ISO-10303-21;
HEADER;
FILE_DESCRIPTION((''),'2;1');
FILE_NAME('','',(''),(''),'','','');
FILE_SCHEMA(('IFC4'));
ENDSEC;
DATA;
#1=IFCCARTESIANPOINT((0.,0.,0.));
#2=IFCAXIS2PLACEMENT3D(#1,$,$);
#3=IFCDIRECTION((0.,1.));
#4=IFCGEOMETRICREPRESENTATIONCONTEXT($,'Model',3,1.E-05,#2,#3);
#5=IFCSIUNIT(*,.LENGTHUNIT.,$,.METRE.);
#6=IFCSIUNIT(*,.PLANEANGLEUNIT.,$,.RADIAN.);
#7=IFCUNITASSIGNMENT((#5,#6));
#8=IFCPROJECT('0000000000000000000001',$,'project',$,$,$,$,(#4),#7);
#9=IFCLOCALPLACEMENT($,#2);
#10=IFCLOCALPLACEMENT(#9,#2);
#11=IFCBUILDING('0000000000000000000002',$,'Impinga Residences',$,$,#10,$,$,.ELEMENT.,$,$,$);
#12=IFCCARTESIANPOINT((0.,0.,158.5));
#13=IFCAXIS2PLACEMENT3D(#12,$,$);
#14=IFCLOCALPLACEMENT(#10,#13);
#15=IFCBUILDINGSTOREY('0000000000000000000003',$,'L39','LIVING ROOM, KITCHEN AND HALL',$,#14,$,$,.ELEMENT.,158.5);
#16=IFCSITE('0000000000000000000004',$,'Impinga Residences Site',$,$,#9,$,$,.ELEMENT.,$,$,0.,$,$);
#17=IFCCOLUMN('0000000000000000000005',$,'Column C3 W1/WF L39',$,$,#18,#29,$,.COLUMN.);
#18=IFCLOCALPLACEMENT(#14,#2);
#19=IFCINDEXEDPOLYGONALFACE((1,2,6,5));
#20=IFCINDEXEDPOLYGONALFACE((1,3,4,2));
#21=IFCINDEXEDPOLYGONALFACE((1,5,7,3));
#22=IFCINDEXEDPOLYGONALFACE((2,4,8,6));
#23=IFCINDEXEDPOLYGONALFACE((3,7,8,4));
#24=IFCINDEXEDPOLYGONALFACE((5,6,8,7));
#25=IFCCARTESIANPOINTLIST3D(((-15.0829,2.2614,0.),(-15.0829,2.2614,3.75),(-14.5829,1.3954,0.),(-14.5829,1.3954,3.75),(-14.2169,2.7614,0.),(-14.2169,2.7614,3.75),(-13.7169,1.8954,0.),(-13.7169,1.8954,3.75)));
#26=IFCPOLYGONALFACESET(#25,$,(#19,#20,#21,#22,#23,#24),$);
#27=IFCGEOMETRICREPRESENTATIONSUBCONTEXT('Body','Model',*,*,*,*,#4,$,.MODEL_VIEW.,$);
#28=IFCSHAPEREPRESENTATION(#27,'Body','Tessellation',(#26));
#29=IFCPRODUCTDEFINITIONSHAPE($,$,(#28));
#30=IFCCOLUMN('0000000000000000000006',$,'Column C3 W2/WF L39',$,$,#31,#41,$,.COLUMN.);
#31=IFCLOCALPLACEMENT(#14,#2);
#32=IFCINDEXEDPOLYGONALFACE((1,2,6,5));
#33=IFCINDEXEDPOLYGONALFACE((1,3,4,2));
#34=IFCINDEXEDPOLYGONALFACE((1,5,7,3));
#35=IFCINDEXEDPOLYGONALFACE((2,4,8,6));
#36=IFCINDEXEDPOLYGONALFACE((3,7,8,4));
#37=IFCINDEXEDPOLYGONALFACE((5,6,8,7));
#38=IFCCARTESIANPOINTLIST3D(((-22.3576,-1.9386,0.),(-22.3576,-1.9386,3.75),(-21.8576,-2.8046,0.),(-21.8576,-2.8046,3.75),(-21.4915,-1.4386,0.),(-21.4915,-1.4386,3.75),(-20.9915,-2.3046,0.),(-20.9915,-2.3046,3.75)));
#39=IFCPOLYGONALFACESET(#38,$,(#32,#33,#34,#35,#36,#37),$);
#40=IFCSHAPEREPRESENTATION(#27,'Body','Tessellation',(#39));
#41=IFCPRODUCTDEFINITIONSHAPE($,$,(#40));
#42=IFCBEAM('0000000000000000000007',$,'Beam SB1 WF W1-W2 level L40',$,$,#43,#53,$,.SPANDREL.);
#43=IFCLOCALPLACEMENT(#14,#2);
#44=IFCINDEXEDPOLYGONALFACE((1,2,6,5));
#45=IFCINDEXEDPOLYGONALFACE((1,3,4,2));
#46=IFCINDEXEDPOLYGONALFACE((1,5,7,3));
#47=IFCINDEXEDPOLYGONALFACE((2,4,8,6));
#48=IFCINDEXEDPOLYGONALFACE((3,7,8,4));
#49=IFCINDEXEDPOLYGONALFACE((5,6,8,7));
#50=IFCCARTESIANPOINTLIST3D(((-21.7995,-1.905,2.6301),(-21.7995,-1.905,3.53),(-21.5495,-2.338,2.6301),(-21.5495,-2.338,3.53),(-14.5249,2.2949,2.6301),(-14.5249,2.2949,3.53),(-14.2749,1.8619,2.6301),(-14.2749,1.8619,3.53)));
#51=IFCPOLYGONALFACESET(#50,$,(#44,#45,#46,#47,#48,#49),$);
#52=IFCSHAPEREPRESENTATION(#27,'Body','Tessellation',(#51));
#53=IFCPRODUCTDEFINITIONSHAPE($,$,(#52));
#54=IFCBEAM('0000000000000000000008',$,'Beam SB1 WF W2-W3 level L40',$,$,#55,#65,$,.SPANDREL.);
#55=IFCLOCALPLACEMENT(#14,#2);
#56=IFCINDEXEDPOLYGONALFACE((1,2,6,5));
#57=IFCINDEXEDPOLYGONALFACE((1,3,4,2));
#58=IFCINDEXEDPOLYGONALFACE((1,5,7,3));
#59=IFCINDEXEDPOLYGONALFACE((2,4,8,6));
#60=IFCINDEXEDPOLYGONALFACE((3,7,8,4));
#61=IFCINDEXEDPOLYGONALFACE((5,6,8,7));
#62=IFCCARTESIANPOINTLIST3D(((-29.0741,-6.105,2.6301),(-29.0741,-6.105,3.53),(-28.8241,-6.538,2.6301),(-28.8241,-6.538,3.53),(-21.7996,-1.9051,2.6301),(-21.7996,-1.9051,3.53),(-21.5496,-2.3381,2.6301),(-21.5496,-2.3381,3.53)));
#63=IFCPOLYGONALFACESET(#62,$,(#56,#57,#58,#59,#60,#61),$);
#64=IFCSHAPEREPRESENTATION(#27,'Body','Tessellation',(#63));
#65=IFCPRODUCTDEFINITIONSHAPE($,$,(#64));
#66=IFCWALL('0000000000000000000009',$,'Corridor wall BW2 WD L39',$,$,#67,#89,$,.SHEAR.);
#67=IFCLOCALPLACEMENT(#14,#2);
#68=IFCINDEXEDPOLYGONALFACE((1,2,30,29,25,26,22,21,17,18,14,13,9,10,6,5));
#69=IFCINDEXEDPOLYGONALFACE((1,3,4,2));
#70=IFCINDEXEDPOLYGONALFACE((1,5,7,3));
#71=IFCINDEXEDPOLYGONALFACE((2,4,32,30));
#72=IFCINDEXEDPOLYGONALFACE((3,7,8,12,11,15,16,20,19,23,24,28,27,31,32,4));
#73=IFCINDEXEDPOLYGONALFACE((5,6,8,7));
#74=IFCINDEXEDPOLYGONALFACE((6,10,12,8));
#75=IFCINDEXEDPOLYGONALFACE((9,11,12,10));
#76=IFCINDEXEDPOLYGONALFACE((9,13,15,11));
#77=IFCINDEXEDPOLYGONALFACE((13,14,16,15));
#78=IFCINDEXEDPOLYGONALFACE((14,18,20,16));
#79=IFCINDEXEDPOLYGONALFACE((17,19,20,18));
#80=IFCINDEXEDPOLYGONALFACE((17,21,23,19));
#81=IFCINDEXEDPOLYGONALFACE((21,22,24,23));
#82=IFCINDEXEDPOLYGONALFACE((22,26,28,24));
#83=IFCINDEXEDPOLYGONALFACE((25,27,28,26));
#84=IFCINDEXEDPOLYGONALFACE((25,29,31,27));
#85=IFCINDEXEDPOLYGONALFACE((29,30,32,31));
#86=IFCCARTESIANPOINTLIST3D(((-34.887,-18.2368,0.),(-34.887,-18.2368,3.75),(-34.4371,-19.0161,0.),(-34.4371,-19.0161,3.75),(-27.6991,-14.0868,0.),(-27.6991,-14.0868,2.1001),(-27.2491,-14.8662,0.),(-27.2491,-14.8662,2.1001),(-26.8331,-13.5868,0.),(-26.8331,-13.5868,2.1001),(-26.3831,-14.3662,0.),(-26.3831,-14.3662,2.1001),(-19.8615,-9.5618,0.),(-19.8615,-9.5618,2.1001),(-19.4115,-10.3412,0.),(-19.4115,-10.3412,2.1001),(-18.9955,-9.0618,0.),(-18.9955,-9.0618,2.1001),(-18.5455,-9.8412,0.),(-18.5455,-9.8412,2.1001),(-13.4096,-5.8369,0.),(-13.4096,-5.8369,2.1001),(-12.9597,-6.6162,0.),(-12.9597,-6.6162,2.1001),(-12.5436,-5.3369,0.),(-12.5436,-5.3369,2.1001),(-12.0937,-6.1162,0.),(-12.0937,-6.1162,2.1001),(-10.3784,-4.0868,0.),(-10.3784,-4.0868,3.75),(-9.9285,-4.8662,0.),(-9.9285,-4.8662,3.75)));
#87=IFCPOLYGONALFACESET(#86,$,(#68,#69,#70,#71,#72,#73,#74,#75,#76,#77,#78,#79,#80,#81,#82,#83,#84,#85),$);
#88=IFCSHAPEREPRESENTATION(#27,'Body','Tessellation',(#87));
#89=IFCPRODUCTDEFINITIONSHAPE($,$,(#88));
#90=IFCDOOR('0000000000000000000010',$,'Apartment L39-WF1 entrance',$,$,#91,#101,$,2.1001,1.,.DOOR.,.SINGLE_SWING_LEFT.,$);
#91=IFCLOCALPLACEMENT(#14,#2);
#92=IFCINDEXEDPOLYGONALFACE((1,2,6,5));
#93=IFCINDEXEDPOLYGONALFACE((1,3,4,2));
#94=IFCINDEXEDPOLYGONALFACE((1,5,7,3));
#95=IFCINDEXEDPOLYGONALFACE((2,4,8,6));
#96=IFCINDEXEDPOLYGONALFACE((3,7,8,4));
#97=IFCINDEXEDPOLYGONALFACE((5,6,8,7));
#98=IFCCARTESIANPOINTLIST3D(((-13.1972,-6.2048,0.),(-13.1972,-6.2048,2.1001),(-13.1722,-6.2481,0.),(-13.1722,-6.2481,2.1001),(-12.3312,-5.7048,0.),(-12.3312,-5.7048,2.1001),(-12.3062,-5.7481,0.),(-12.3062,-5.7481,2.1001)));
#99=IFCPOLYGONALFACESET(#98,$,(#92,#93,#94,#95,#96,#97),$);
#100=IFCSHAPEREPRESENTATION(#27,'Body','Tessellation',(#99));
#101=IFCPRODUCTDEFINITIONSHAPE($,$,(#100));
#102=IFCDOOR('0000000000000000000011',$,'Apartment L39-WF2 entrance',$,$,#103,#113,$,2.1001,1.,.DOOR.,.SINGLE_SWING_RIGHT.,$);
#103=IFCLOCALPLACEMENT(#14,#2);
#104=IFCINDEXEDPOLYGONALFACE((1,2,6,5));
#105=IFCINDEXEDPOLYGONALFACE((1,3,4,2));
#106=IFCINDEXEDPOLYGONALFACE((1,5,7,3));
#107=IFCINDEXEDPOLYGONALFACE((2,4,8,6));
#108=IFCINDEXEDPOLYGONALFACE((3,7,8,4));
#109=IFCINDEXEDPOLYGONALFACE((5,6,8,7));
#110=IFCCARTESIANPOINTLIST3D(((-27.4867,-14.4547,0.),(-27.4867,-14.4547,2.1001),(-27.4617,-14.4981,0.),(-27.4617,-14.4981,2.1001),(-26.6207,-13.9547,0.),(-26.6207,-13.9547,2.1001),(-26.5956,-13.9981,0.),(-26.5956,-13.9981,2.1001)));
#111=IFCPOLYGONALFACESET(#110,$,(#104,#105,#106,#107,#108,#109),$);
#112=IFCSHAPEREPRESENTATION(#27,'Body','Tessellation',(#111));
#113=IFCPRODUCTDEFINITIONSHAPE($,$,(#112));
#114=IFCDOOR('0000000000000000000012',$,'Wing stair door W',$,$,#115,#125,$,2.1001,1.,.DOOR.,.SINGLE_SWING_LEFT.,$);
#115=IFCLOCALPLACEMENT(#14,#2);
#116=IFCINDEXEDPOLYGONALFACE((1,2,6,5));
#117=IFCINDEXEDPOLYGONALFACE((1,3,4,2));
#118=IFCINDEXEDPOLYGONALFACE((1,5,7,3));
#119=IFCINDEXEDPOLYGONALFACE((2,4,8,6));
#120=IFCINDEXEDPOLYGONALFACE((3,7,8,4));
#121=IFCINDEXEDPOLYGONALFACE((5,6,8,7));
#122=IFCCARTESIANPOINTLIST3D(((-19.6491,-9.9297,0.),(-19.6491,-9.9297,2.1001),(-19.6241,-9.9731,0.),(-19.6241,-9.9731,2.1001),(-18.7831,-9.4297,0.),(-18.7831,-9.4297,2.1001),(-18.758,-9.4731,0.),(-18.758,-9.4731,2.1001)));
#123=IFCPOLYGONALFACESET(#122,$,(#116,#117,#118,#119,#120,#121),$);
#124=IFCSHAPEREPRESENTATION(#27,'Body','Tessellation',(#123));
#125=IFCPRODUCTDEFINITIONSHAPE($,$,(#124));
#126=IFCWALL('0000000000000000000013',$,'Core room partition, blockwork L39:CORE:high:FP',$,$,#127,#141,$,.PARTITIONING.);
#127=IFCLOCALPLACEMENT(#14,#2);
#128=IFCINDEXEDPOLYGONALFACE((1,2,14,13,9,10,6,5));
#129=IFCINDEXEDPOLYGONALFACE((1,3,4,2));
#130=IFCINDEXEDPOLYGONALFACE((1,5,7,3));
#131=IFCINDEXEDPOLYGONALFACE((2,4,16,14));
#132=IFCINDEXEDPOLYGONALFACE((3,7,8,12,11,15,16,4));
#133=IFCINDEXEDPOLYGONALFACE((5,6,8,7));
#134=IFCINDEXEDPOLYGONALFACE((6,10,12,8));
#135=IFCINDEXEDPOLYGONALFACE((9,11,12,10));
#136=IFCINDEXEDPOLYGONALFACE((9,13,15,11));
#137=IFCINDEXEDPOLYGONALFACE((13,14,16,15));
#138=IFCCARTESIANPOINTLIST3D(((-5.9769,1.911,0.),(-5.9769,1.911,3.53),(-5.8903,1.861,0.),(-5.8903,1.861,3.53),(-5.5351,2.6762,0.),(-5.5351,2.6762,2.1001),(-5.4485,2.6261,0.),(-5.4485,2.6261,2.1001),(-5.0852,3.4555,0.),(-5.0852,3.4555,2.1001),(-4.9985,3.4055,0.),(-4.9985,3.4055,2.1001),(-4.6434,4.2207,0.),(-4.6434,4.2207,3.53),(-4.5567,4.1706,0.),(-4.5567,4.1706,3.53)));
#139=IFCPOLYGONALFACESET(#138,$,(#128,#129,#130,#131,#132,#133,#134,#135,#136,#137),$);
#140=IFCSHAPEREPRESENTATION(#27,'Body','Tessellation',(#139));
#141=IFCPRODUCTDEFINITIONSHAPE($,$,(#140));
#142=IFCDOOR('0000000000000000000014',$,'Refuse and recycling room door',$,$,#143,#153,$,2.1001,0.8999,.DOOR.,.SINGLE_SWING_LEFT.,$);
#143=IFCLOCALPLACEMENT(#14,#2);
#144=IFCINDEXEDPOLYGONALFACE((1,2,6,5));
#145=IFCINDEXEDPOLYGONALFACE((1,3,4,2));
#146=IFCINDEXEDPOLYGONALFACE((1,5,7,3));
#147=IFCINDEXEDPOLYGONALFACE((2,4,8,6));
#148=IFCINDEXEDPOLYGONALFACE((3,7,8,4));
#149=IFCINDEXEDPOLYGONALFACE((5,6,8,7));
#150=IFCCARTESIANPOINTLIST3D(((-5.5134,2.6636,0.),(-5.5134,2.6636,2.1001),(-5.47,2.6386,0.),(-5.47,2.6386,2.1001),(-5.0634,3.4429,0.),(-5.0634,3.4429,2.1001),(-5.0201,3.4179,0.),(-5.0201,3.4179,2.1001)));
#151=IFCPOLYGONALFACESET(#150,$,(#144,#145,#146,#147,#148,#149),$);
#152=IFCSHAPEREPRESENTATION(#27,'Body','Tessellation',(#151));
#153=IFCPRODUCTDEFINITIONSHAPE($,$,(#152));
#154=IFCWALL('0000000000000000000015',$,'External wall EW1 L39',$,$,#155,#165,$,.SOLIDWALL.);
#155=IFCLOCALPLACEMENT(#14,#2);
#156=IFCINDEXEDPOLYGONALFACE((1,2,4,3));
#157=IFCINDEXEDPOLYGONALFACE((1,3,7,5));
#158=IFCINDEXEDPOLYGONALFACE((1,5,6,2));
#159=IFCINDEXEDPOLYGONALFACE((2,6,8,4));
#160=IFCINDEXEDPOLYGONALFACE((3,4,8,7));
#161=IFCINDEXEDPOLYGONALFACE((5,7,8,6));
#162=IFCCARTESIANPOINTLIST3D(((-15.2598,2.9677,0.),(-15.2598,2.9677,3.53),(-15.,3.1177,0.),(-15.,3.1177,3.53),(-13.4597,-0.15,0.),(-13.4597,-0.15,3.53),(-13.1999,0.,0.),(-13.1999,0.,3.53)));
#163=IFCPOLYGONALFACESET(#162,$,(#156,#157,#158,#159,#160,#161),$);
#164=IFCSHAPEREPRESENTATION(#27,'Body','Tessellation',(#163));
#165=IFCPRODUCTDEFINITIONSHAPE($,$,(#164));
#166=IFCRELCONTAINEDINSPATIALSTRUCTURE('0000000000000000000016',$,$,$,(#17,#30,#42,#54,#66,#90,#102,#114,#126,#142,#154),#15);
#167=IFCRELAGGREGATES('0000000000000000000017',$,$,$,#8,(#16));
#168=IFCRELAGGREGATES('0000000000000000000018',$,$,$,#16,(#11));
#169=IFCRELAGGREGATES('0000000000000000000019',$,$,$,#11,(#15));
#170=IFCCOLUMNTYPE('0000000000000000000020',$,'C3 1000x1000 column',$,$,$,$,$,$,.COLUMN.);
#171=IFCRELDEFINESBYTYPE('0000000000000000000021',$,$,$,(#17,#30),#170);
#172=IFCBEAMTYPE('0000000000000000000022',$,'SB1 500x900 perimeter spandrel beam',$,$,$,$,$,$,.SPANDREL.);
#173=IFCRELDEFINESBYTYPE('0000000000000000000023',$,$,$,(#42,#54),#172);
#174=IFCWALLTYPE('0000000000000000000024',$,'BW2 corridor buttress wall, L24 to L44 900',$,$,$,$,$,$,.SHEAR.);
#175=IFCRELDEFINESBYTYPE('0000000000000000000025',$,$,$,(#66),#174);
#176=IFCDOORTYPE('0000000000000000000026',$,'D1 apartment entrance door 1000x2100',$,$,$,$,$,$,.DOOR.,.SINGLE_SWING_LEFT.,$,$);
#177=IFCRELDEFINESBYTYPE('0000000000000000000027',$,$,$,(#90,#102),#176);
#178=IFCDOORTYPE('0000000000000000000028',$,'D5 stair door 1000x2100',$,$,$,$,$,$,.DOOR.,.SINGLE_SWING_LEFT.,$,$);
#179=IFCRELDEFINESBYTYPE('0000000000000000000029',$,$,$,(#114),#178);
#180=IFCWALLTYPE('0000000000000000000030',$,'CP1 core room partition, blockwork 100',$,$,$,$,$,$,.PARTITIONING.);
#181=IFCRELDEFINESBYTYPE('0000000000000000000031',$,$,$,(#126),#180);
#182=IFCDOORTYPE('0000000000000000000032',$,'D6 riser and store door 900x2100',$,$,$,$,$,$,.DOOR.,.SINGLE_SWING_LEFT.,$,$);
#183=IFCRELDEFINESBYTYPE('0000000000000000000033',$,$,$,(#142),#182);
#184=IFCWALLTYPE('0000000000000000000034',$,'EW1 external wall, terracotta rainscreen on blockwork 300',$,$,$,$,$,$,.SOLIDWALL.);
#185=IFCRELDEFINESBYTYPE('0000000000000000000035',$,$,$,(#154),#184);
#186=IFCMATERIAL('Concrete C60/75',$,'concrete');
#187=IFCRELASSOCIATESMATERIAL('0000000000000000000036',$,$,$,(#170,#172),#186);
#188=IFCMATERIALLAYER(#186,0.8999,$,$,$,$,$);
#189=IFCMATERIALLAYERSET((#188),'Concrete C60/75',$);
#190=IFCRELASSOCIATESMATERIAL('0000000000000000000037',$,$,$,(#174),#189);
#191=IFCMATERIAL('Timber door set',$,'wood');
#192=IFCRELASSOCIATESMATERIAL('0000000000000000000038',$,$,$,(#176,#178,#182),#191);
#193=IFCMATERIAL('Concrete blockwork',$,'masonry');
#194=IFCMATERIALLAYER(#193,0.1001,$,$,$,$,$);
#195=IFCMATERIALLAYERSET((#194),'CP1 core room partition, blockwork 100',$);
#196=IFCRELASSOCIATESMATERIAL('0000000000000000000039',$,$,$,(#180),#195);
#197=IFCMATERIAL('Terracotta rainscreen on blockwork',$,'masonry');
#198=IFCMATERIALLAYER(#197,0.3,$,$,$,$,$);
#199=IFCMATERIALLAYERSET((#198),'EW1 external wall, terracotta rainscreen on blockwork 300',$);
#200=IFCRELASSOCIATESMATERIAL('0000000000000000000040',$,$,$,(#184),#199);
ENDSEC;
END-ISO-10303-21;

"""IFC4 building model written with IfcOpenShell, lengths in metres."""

from ifc_helpers import new_model, si_unit, direction, frame, frame_2d, origin, origin_2d, place, context, subcontext, project, spatial, rectangle, extrude, material, layer, layer_set, material_profile, profile_set, type_object, element, fill, save


model = new_model("IFC4")

# Units and contexts
model_context = context("Model", 3, precision=1e-05, world=origin(), true_north=direction((0.0, 1.0)))
body_context = subcontext(model_context, "Body", "Model", "MODEL_VIEW")
ifc_project = project(units=[si_unit("LENGTHUNIT", "METRE"), si_unit("PLANEANGLEUNIT", "RADIAN")], contexts=[model_context])

# Site, building, storey
site_placement = place(None, origin())
site = spatial("IfcSite", under=ifc_project, at=site_placement, Name="Impinga Residences Site", CompositionType="ELEMENT", RefElevation=0.0)
building_placement = place(site_placement, origin())
building = spatial("IfcBuilding", under=site, at=building_placement, Name="Impinga Residences", CompositionType="ELEMENT")
storey_placement = place(building_placement, frame((0.0, 0.0, 158.5)))
storey = spatial("IfcBuildingStorey", under=building, at=storey_placement, Name="L39", Description="LIVING ROOM, KITCHEN AND HALL", CompositionType="ELEMENT", Elevation=158.5)

# Columns
ifc_material_1 = material(Name="Concrete C60/75", Category="concrete")
ifc_material_profile_1 = material_profile(ifc_material_1, rectangle(XDim=1.0, YDim=1.0, at=origin_2d()), Name="RC 1000x1000")
ifc_profile_set_1 = profile_set([ifc_material_profile_1], Name="Concrete C60/75")
column_type = type_object("IfcColumnType", Name="C3 1000x1000 column", PredefinedType="COLUMN", material=ifc_profile_set_1)
for number, where, z_axis, x_axis, name in (
    (1, (-14.3999, 2.0784, 0.0), (0.0, 0.0, 1.0), (-0.5, 0.866025, 0.0), "Column C3 W1/WF L39"),
    (2, (-21.6746, -2.1216, 0.0), (0.0, 0.0, 1.0), (-0.5, 0.866025, 0.0), "Column C3 W2/WF L39"),
):
    element("IfcColumn", number, at=place(storey_placement, frame(where, z_axis=z_axis, x_axis=x_axis)), inside=storey, type_object=column_type, Name=name, PredefinedType="COLUMN", context=body_context, shape_type="SweptSolid", body=[
        extrude(rectangle(XDim=1.0, YDim=1.0, at=origin_2d()), origin(), (0.0, 0.0, 1.0), 3.75),
    ])

# Beams
ifc_material_profile_2 = material_profile(ifc_material_1, rectangle(XDim=0.5, YDim=0.8999, at=origin_2d()), Name="RC 500x900")
ifc_profile_set_2 = profile_set([ifc_material_profile_2], Name="Concrete C60/75")
beam_type = type_object("IfcBeamType", Name="SB1 500x900 perimeter spandrel beam", PredefinedType="SPANDREL", material=ifc_profile_set_2)
for number, where, z_axis, x_axis, name in (
    (3, (-14.3999, 2.0784, 3.0801), (-0.866029, -0.499993, 0.0), (0.499993, -0.866029, 0.0), "Beam SB1 WF W1-W2 level L40"),
    (4, (-21.6746, -2.1216, 3.0801), (-0.866029, -0.499993, 0.0), (0.499993, -0.866029, 0.0), "Beam SB1 WF W2-W3 level L40"),
):
    element("IfcBeam", number, at=place(storey_placement, frame(where, z_axis=z_axis, x_axis=x_axis)), inside=storey, type_object=beam_type, Name=name, PredefinedType="SPANDREL", context=body_context, shape_type="SweptSolid", body=[
        extrude(rectangle(XDim=0.5, YDim=0.8999, at=origin_2d()), origin(), (0.0, 0.0, 1.0), 8.3999),
    ])

# Wall, openings, doors
ifc_layer_1 = layer(ifc_material_1, 0.8999)
ifc_layer_set_1 = layer_set([ifc_layer_1], Name="Concrete C60/75")
wall_type_1 = type_object("IfcWallType", Name="BW2 corridor buttress wall, L24 to L44 900", PredefinedType="SHEAR", material=ifc_layer_set_1)
wall_1_placement = place(storey_placement, frame((-10.1536, -4.4766, 0.0), z_axis=(0.0, 0.0, 1.0), x_axis=(-0.866027, -0.499997, 0.0)))
wall_1 = element("IfcWall", 5, at=wall_1_placement, inside=storey, type_object=wall_type_1, Name="Corridor wall BW2 WD L39", PredefinedType="SHEAR", context=body_context, shape_type="SweptSolid", body=[
    extrude(rectangle(XDim=28.3, YDim=0.8999, at=frame_2d((14.1499, 0.0))), origin(), (0.0, 0.0, 1.0), 3.75),
])
opening_1_placement = place(wall_1_placement, frame((9.95, 0.0, 0.0)))
opening_1 = element("IfcOpeningElement", 6, at=opening_1_placement, cuts=wall_1, PredefinedType="OPENING", context=body_context, shape_type="SweptSolid", body=[
    extrude(rectangle(XDim=1.0, YDim=2.1001, at=frame_2d((0.5, 1.05))), frame((0.0, 0.46, 0.0), z_axis=(0.0, -1.0, 0.0), x_axis=(1.0, 0.0, 0.0)), (0.0, 0.0, 1.0), 0.9199),
])
opening_2_placement = place(wall_1_placement, frame((2.5, 0.0, 0.0)))
opening_2 = element("IfcOpeningElement", 7, at=opening_2_placement, cuts=wall_1, PredefinedType="OPENING", context=body_context, shape_type="SweptSolid", body=[
    extrude(rectangle(XDim=1.0, YDim=2.1001, at=frame_2d((0.5, 1.05))), frame((0.0, 0.46, 0.0), z_axis=(0.0, -1.0, 0.0), x_axis=(1.0, 0.0, 0.0)), (0.0, 0.0, 1.0), 0.9199),
])
opening_3_placement = place(wall_1_placement, frame((19.0, 0.0, 0.0)))
opening_3 = element("IfcOpeningElement", 8, at=opening_3_placement, cuts=wall_1, PredefinedType="OPENING", context=body_context, shape_type="SweptSolid", body=[
    extrude(rectangle(XDim=1.0, YDim=2.1001, at=frame_2d((0.5, 1.05))), frame((0.0, 0.46, 0.0), z_axis=(0.0, -1.0, 0.0), x_axis=(1.0, 0.0, 0.0)), (0.0, 0.0, 1.0), 0.9199),
])
ifc_material_2 = material(Name="Timber door set", Category="wood")
door_type_1 = type_object("IfcDoorType", Name="D1 apartment entrance door 1000x2100", OperationType="SINGLE_SWING_LEFT", PredefinedType="DOOR", material=ifc_material_2)
door_1_placement = place(opening_2_placement, origin())
door_1 = element("IfcDoor", 9, at=door_1_placement, inside=storey, type_object=door_type_1, Name="Apartment L39-WF1 entrance", OperationType="SINGLE_SWING_LEFT", OverallHeight=2.1001, OverallWidth=1.0, PredefinedType="DOOR", context=body_context, shape_type="SweptSolid", body=[
    extrude(rectangle(XDim=1.0, YDim=2.1001, at=frame_2d((0.5, 1.05))), frame((0.0, 0.0249, 0.0), z_axis=(0.0, -1.0, 0.0), x_axis=(1.0, 0.0, 0.0)), (0.0, 0.0, 1.0), 0.05),
])
fill(opening_2, door_1)
door_2_placement = place(opening_3_placement, origin())
door_2 = element("IfcDoor", 10, at=door_2_placement, inside=storey, type_object=door_type_1, Name="Apartment L39-WF2 entrance", OperationType="SINGLE_SWING_RIGHT", OverallHeight=2.1001, OverallWidth=1.0, PredefinedType="DOOR", context=body_context, shape_type="SweptSolid", body=[
    extrude(rectangle(XDim=1.0, YDim=2.1001, at=frame_2d((0.5, 1.05))), frame((0.0, 0.0249, 0.0), z_axis=(0.0, -1.0, 0.0), x_axis=(1.0, 0.0, 0.0)), (0.0, 0.0, 1.0), 0.05),
])
fill(opening_3, door_2)
door_type_2 = type_object("IfcDoorType", Name="D5 stair door 1000x2100", OperationType="SINGLE_SWING_LEFT", PredefinedType="DOOR", material=ifc_material_2)
door_3_placement = place(opening_1_placement, origin())
door_3 = element("IfcDoor", 11, at=door_3_placement, inside=storey, type_object=door_type_2, Name="Wing stair door W", OperationType="SINGLE_SWING_LEFT", OverallHeight=2.1001, OverallWidth=1.0, PredefinedType="DOOR", context=body_context, shape_type="SweptSolid", body=[
    extrude(rectangle(XDim=1.0, YDim=2.1001, at=frame_2d((0.5, 1.05))), frame((0.0, 0.0249, 0.0), z_axis=(0.0, -1.0, 0.0), x_axis=(1.0, 0.0, 0.0)), (0.0, 0.0, 1.0), 0.05),
])
fill(opening_1, door_3)

# Wall, opening, door
ifc_material_3 = material(Name="Concrete blockwork", Category="masonry")
ifc_layer_2 = layer(ifc_material_3, 0.1001)
ifc_layer_set_2 = layer_set([ifc_layer_2], Name="CP1 core room partition, blockwork 100")
wall_type_2 = type_object("IfcWallType", Name="CP1 core room partition, blockwork 100", PredefinedType="PARTITIONING", material=ifc_layer_set_2)
wall_2_placement = place(storey_placement, frame((-5.9336, 1.886, 0.0), z_axis=(0.0, 0.0, 1.0), x_axis=(0.500018, 0.866015, 0.0)))
wall_2 = element("IfcWall", 12, at=wall_2_placement, inside=storey, type_object=wall_type_2, Name="Core room partition, blockwork L39:CORE:high:FP", PredefinedType="PARTITIONING", context=body_context, shape_type="SweptSolid", body=[
    extrude(rectangle(XDim=2.667, YDim=0.1001, at=frame_2d((1.3335, 0.0))), origin(), (0.0, 0.0, 1.0), 3.53),
])
opening_4_placement = place(wall_2_placement, frame((0.8835, 0.0, 0.0)))
opening_4 = element("IfcOpeningElement", 13, at=opening_4_placement, cuts=wall_2, PredefinedType="OPENING", context=body_context, shape_type="SweptSolid", body=[
    extrude(rectangle(XDim=0.8999, YDim=2.1001, at=frame_2d((0.45, 1.05))), frame((0.0, 0.0601, 0.0), z_axis=(0.0, -1.0, 0.0), x_axis=(1.0, 0.0, 0.0)), (0.0, 0.0, 1.0), 0.1201),
])
door_type_3 = type_object("IfcDoorType", Name="D6 riser and store door 900x2100", OperationType="SINGLE_SWING_LEFT", PredefinedType="DOOR", material=ifc_material_2)
door_4_placement = place(opening_4_placement, origin())
door_4 = element("IfcDoor", 14, at=door_4_placement, inside=storey, type_object=door_type_3, Name="Refuse and recycling room door", OperationType="SINGLE_SWING_LEFT", OverallHeight=2.1001, OverallWidth=0.8999, PredefinedType="DOOR", context=body_context, shape_type="SweptSolid", body=[
    extrude(rectangle(XDim=0.8999, YDim=2.1001, at=frame_2d((0.45, 1.05))), frame((0.0, 0.0249, 0.0), z_axis=(0.0, -1.0, 0.0), x_axis=(1.0, 0.0, 0.0)), (0.0, 0.0, 1.0), 0.05),
])
fill(opening_4, door_4)

# Wall
ifc_material_4 = material(Name="Terracotta rainscreen on blockwork", Category="masonry")
ifc_layer_3 = layer(ifc_material_4, 0.3)
ifc_layer_set_3 = layer_set([ifc_layer_3], Name="EW1 external wall, terracotta rainscreen on blockwork 300")
wall_type_3 = type_object("IfcWallType", Name="EW1 external wall, terracotta rainscreen on blockwork 300", PredefinedType="SOLIDWALL", material=ifc_layer_set_3)
wall_3_placement = place(storey_placement, frame((-15.1299, 3.0427, 0.0), z_axis=(0.0, 0.0, 1.0), x_axis=(0.500012, -0.866018, 0.0)))
element("IfcWall", 15, at=wall_3_placement, inside=storey, type_object=wall_type_3, Name="External wall EW1 L39", PredefinedType="SOLIDWALL", context=body_context, shape_type="SweptSolid", body=[
    extrude(rectangle(XDim=3.6001, YDim=0.3, at=frame_2d((1.8, 0.0))), origin(), (0.0, 0.0, 1.0), 3.53),
])

save(model, "model.ifc")
